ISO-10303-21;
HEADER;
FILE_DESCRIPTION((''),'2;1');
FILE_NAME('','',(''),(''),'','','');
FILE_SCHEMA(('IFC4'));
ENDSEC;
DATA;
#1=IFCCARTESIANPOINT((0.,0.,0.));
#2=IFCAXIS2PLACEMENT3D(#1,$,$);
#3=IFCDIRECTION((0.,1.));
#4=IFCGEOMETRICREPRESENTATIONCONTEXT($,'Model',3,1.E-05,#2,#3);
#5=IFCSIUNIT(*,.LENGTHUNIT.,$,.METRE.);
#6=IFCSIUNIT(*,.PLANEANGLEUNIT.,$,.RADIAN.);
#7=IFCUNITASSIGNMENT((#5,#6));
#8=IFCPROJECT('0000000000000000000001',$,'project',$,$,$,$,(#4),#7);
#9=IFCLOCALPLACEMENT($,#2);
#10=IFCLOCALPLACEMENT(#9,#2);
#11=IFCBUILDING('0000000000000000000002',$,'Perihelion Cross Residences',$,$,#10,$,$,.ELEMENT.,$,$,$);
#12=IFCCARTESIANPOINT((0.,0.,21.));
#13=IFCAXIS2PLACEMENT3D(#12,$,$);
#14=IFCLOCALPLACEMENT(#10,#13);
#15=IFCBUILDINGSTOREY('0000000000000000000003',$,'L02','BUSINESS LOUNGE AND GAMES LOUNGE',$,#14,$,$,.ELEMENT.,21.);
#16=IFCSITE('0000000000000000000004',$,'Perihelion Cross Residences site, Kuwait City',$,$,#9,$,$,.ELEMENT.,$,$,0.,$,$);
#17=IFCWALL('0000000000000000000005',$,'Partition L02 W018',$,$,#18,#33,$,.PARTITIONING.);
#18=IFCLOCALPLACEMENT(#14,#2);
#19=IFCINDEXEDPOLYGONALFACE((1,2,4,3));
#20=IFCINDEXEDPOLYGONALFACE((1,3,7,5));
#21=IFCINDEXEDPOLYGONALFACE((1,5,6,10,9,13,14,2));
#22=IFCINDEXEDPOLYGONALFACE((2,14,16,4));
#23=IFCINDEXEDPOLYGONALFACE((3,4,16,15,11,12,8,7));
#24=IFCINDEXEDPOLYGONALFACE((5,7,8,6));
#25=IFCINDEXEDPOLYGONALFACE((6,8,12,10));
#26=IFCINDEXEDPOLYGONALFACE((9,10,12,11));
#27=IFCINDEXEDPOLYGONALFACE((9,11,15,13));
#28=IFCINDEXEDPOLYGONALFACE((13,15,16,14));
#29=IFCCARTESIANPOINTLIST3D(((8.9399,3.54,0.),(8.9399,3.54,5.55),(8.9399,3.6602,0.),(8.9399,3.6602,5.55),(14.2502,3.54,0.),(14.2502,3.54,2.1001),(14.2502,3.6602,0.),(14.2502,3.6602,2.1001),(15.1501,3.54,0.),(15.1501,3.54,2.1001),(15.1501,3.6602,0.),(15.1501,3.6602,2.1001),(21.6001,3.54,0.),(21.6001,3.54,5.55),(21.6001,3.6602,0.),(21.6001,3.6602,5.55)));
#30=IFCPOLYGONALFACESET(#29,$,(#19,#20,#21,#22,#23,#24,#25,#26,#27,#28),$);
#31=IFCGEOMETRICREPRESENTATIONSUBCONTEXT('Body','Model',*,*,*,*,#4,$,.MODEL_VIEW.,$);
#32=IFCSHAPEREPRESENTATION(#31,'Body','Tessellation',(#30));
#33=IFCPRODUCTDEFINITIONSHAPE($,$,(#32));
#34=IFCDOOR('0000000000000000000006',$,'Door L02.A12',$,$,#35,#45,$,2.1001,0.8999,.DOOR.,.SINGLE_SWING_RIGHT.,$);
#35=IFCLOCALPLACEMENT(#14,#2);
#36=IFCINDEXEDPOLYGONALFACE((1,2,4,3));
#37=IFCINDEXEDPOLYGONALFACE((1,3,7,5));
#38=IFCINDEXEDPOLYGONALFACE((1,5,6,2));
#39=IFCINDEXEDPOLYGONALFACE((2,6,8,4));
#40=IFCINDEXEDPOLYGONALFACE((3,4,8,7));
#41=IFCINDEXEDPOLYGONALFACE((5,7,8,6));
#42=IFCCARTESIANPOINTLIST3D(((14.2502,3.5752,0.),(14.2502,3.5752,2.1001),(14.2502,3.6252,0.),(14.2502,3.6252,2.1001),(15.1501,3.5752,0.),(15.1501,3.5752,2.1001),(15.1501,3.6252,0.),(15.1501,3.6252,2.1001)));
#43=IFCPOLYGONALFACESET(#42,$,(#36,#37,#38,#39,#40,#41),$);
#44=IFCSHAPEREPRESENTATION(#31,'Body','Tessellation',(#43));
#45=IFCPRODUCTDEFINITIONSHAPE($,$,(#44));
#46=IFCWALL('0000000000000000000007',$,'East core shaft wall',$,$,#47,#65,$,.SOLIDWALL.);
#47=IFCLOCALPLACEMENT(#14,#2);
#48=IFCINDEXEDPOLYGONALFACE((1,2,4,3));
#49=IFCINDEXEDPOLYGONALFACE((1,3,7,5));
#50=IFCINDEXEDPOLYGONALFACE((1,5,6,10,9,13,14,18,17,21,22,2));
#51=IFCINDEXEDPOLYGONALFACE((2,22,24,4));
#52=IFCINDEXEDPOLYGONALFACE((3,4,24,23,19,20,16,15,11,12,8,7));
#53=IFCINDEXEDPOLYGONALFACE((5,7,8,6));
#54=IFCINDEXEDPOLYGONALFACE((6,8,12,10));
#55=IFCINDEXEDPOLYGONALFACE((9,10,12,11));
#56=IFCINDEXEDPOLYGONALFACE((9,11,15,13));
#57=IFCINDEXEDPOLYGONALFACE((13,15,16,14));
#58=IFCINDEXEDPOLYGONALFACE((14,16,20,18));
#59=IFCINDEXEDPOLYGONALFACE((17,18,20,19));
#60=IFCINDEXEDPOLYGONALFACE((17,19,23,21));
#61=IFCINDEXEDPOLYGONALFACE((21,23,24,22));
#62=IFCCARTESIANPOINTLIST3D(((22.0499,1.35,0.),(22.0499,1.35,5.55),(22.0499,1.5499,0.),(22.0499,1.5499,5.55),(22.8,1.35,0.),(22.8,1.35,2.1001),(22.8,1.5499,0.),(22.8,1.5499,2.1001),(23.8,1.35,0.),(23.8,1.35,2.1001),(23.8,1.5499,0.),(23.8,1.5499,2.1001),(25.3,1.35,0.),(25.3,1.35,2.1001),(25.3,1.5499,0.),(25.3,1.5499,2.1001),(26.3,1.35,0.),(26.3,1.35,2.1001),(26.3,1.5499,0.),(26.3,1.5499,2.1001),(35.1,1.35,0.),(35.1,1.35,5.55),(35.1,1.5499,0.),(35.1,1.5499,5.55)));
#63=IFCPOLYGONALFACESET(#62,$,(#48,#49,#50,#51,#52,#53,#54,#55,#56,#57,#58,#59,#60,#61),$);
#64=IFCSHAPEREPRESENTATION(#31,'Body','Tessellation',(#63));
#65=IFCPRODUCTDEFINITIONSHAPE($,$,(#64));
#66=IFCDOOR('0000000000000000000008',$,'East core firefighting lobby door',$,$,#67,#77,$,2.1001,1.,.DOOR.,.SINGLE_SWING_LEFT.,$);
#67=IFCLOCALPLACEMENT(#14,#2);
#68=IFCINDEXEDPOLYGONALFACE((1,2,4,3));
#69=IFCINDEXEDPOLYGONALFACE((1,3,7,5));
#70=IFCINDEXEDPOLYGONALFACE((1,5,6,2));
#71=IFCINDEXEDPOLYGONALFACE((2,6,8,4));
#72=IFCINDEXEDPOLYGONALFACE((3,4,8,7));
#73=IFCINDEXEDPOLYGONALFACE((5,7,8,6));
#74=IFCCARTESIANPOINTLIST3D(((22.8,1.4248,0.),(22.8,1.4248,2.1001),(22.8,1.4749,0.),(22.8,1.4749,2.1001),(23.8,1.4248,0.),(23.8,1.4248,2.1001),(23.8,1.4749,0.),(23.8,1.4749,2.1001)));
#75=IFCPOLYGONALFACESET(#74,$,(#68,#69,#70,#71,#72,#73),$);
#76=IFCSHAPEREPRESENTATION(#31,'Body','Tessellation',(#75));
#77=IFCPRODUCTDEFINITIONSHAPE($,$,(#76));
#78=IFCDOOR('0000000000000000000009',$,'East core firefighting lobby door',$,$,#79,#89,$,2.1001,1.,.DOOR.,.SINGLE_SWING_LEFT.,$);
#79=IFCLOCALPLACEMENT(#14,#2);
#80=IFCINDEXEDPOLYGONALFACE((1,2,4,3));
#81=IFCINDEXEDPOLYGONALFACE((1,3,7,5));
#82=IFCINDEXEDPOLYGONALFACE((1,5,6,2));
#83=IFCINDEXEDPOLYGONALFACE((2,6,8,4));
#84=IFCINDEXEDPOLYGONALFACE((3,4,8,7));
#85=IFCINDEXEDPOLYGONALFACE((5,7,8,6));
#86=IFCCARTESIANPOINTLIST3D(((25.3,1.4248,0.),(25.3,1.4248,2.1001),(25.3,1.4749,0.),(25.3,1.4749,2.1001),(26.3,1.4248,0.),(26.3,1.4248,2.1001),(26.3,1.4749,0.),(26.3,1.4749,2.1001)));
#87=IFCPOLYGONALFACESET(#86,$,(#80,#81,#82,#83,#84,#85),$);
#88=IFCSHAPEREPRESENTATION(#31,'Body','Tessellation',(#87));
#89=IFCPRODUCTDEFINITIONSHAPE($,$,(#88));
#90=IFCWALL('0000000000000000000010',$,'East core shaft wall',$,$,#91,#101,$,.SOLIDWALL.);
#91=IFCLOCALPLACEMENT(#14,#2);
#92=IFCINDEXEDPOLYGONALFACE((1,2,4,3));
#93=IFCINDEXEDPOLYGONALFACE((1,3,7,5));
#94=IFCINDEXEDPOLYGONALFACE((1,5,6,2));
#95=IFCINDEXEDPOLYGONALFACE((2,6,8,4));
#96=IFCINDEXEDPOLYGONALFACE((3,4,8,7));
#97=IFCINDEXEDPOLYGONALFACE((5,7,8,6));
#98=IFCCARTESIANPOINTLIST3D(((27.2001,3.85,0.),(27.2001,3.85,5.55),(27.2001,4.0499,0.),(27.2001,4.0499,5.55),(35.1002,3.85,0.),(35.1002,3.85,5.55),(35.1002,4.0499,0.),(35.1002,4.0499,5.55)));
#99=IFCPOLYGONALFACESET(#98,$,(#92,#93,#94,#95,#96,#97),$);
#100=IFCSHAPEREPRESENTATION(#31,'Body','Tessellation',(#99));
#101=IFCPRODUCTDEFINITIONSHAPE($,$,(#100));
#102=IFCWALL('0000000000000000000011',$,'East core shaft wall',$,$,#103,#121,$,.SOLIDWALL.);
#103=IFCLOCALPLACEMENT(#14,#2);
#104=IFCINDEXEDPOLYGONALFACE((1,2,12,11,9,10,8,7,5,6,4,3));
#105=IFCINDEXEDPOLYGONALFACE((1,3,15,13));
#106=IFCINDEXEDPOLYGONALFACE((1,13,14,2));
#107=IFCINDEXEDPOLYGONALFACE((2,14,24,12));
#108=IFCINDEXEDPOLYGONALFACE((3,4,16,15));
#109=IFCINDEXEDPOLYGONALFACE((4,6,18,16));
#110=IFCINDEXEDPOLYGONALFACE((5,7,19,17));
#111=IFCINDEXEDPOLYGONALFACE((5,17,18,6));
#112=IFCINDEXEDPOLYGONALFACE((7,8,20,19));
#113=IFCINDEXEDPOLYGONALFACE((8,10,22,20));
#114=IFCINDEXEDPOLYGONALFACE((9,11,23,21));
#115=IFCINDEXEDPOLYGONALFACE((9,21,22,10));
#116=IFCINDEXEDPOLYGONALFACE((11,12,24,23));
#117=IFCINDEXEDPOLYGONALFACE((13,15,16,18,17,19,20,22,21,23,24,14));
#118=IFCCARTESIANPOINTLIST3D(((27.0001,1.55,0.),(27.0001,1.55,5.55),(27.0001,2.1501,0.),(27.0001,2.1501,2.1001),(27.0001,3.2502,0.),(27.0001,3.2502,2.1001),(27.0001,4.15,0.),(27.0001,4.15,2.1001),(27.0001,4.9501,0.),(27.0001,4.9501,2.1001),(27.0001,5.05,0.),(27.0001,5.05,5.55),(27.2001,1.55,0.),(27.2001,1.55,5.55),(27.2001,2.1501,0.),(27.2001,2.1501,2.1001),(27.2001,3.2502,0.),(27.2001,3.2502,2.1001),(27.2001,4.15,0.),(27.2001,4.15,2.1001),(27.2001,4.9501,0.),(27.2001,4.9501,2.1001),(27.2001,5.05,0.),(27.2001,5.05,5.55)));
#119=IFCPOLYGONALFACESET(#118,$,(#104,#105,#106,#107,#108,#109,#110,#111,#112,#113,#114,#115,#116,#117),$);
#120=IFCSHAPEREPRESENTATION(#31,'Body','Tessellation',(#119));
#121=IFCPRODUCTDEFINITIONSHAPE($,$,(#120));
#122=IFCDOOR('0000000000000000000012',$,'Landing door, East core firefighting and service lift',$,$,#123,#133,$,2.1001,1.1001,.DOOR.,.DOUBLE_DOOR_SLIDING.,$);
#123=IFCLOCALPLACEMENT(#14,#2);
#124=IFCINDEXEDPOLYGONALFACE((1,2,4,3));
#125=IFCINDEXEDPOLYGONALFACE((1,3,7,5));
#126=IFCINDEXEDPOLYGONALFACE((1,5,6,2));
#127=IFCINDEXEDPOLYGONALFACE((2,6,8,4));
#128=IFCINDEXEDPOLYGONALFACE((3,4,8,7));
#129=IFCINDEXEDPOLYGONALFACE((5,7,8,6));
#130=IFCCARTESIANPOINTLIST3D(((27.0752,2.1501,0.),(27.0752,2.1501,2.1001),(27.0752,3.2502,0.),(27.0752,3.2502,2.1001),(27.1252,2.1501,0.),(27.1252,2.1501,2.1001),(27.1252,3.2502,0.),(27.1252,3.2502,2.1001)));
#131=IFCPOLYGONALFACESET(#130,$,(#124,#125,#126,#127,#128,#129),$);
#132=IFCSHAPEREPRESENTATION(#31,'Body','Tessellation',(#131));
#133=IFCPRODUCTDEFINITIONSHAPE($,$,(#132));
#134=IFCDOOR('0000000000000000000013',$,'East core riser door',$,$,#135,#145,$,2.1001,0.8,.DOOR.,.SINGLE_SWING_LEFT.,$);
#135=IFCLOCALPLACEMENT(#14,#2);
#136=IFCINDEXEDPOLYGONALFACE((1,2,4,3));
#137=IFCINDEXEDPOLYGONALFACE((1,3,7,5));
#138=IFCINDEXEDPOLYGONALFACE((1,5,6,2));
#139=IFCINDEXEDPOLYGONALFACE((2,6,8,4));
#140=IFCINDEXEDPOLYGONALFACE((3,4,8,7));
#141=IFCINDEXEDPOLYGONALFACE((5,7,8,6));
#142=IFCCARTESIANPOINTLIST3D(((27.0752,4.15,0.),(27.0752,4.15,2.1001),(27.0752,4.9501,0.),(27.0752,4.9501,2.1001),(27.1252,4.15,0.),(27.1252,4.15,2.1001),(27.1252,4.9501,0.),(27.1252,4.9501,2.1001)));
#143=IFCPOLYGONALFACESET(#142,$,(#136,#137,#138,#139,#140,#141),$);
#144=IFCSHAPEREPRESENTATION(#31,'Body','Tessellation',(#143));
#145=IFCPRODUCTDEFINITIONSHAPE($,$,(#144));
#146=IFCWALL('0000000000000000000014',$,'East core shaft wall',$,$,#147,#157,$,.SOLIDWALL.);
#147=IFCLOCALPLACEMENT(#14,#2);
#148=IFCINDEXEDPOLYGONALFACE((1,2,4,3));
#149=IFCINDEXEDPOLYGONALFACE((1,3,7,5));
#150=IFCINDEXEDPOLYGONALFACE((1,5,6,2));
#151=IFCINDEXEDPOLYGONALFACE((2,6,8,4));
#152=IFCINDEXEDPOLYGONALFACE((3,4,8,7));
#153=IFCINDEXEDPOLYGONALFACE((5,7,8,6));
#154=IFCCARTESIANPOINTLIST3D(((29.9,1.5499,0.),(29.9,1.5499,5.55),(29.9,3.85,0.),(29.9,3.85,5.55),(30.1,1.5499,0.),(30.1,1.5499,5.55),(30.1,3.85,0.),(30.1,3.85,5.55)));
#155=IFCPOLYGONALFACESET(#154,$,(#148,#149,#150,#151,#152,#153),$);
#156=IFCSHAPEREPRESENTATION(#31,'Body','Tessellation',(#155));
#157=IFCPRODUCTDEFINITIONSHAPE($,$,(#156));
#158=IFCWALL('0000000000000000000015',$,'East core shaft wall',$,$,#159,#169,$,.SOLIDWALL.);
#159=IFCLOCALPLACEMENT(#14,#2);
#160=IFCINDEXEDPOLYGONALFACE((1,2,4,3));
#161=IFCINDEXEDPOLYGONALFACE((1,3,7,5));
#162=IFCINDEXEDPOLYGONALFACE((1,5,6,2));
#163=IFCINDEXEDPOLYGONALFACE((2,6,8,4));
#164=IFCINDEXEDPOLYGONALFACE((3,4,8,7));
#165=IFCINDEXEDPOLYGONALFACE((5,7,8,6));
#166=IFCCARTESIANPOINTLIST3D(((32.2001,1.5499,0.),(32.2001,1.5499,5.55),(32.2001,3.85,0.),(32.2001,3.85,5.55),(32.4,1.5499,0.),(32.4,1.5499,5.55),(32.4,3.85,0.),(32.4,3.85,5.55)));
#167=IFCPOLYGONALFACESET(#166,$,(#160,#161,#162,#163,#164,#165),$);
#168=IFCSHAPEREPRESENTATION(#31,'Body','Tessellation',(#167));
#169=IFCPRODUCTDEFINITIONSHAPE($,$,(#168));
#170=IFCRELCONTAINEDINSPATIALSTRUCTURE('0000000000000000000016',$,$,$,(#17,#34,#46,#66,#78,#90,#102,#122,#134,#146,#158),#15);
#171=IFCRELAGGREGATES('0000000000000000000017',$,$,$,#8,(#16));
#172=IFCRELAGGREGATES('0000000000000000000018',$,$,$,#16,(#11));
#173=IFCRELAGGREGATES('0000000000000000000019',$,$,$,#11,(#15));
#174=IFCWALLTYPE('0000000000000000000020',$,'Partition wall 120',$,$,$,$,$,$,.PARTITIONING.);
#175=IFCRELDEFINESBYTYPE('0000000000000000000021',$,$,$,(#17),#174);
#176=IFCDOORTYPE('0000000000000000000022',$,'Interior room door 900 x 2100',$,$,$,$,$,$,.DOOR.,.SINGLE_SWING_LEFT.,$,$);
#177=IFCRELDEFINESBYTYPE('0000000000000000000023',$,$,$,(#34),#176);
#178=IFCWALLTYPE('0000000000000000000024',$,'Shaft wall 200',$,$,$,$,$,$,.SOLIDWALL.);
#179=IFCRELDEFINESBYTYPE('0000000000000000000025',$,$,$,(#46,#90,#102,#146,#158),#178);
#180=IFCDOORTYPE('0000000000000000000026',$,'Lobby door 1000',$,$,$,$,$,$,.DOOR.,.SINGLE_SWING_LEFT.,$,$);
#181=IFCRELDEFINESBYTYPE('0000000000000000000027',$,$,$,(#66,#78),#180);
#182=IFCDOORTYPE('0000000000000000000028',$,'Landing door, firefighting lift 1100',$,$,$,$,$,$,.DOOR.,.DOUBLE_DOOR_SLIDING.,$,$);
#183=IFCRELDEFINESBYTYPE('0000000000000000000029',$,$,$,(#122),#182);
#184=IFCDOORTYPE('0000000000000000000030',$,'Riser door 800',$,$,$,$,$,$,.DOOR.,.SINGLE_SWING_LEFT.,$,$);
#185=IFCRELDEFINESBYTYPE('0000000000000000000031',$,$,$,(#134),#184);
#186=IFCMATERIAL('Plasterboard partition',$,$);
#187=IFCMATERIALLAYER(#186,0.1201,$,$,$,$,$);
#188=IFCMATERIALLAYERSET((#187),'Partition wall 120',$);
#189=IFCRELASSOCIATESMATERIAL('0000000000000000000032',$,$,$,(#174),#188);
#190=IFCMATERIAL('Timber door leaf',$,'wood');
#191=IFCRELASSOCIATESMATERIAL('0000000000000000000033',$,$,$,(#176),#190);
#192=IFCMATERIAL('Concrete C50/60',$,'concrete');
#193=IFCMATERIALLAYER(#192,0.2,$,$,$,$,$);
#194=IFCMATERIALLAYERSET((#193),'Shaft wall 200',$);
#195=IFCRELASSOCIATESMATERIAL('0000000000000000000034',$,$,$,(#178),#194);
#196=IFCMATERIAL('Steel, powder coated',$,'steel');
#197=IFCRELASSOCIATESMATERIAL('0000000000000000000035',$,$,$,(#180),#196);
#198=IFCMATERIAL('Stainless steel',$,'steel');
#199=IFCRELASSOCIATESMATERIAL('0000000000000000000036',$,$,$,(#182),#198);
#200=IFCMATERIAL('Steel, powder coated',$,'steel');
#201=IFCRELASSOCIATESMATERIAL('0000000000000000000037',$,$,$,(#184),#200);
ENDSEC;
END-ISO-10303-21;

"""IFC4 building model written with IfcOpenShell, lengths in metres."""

from ifc_helpers import new_model, si_unit, direction, frame, frame_2d, origin, place, context, subcontext, project, spatial, rectangle, extrude, material, layer, layer_set, type_object, element, fill, save


model = new_model("IFC4")

# Units and contexts
model_context = context("Model", 3, precision=1e-05, world=origin(), true_north=direction((0.0, 1.0)))
body_context = subcontext(model_context, "Body", "Model", "MODEL_VIEW")
ifc_project = project(units=[si_unit("LENGTHUNIT", "METRE"), si_unit("PLANEANGLEUNIT", "RADIAN")], contexts=[model_context])

# Site, building, storey
site_placement = place(None, origin())
site = spatial("IfcSite", under=ifc_project, at=site_placement, Name="Perihelion Cross Residences site, Kuwait City", CompositionType="ELEMENT", RefElevation=0.0)
building_placement = place(site_placement, origin())
building = spatial("IfcBuilding", under=site, at=building_placement, Name="Perihelion Cross Residences", CompositionType="ELEMENT")
storey_placement = place(building_placement, frame((0.0, 0.0, 21.0)))
storey = spatial("IfcBuildingStorey", under=building, at=storey_placement, Name="L02", Description="BUSINESS LOUNGE AND GAMES LOUNGE", CompositionType="ELEMENT", Elevation=21.0)

# Wall, opening, door
ifc_material_1 = material(Name="Plasterboard partition")
ifc_layer_1 = layer(ifc_material_1, 0.1201)
ifc_layer_set_1 = layer_set([ifc_layer_1], Name="Partition wall 120")
wall_type_1 = type_object("IfcWallType", Name="Partition wall 120", PredefinedType="PARTITIONING", material=ifc_layer_set_1)
wall_1_placement = place(storey_placement, frame((21.6001, 3.6001, 0.0), z_axis=(0.0, 0.0, 1.0), x_axis=(-1.0, 0.0, 0.0)))
wall_1 = element("IfcWall", 1, at=wall_1_placement, inside=storey, type_object=wall_type_1, Name="Partition L02 W018", PredefinedType="PARTITIONING", context=body_context, shape_type="SweptSolid", body=[
    extrude(rectangle(XDim=12.6602, YDim=0.1201, at=frame_2d((6.3301, 0.0))), origin(), (0.0, 0.0, 1.0), 5.55),
])
opening_1_placement = place(wall_1_placement, frame((6.45, 0.0, 0.0)))
opening_1 = element("IfcOpeningElement", 2, at=opening_1_placement, cuts=wall_1, PredefinedType="OPENING", context=body_context, shape_type="SweptSolid", body=[
    extrude(rectangle(XDim=0.8999, YDim=2.1001, at=frame_2d((0.45, 1.05))), frame((0.0, 0.0701, 0.0), z_axis=(0.0, -1.0, 0.0), x_axis=(1.0, 0.0, 0.0)), (0.0, 0.0, 1.0), 0.1401),
])
ifc_material_2 = material(Name="Timber door leaf", Category="wood")
door_type_1 = type_object("IfcDoorType", Name="Interior room door 900 x 2100", OperationType="SINGLE_SWING_LEFT", PredefinedType="DOOR", material=ifc_material_2)
door_1_placement = place(opening_1_placement, origin())
door_1 = element("IfcDoor", 3, at=door_1_placement, inside=storey, type_object=door_type_1, Name="Door L02.A12", OperationType="SINGLE_SWING_RIGHT", OverallHeight=2.1001, OverallWidth=0.8999, PredefinedType="DOOR", context=body_context, shape_type="SweptSolid", body=[
    extrude(rectangle(XDim=0.8999, YDim=2.1001, at=frame_2d((0.45, 1.05))), frame((0.0, 0.0249, 0.0), z_axis=(0.0, -1.0, 0.0), x_axis=(1.0, 0.0, 0.0)), (0.0, 0.0, 1.0), 0.05),
])
fill(opening_1, door_1)

# Wall, openings, doors
ifc_material_3 = material(Name="Concrete C50/60", Category="concrete")
ifc_layer_2 = layer(ifc_material_3, 0.2)
ifc_layer_set_2 = layer_set([ifc_layer_2], Name="Shaft wall 200")
wall_type_2 = type_object("IfcWallType", Name="Shaft wall 200", PredefinedType="SOLIDWALL", material=ifc_layer_set_2)
wall_2_placement = place(storey_placement, frame((22.05, 1.45, 0.0), z_axis=(0.0, 0.0, 1.0), x_axis=(1.0, 0.0, 0.0)))
wall_2 = element("IfcWall", 4, at=wall_2_placement, inside=storey, type_object=wall_type_2, Name="East core shaft wall", PredefinedType="SOLIDWALL", context=body_context, shape_type="SweptSolid", body=[
    extrude(rectangle(XDim=13.05, YDim=0.2, at=frame_2d((6.5249, 0.0))), origin(), (0.0, 0.0, 1.0), 5.55),
])
opening_2_placement = place(wall_2_placement, frame((0.75, 0.0, 0.0)))
opening_2 = element("IfcOpeningElement", 5, at=opening_2_placement, cuts=wall_2, PredefinedType="OPENING", context=body_context, shape_type="SweptSolid", body=[
    extrude(rectangle(XDim=1.0, YDim=2.1001, at=frame_2d((0.5, 1.05))), frame((0.0, 0.1099, 0.0), z_axis=(0.0, -1.0, 0.0), x_axis=(1.0, 0.0, 0.0)), (0.0, 0.0, 1.0), 0.22),
])
opening_3_placement = place(wall_2_placement, frame((3.25, 0.0, 0.0)))
opening_3 = element("IfcOpeningElement", 6, at=opening_3_placement, cuts=wall_2, PredefinedType="OPENING", context=body_context, shape_type="SweptSolid", body=[
    extrude(rectangle(XDim=1.0, YDim=2.1001, at=frame_2d((0.5, 1.05))), frame((0.0, 0.1099, 0.0), z_axis=(0.0, -1.0, 0.0), x_axis=(1.0, 0.0, 0.0)), (0.0, 0.0, 1.0), 0.22),
])
ifc_material_4 = material(Name="Steel, powder coated", Category="steel")
door_type_2 = type_object("IfcDoorType", Name="Lobby door 1000", OperationType="SINGLE_SWING_LEFT", PredefinedType="DOOR", material=ifc_material_4)
door_2_placement = place(opening_2_placement, origin())
door_2 = element("IfcDoor", 7, at=door_2_placement, inside=storey, type_object=door_type_2, Name="East core firefighting lobby door", OperationType="SINGLE_SWING_LEFT", OverallHeight=2.1001, OverallWidth=1.0, PredefinedType="DOOR", context=body_context, shape_type="SweptSolid", body=[
    extrude(rectangle(XDim=1.0, YDim=2.1001, at=frame_2d((0.5, 1.05))), frame((0.0, 0.0249, 0.0), z_axis=(0.0, -1.0, 0.0), x_axis=(1.0, 0.0, 0.0)), (0.0, 0.0, 1.0), 0.05),
])
fill(opening_2, door_2)
door_3_placement = place(opening_3_placement, origin())
door_3 = element("IfcDoor", 8, at=door_3_placement, inside=storey, type_object=door_type_2, Name="East core firefighting lobby door", OperationType="SINGLE_SWING_LEFT", OverallHeight=2.1001, OverallWidth=1.0, PredefinedType="DOOR", context=body_context, shape_type="SweptSolid", body=[
    extrude(rectangle(XDim=1.0, YDim=2.1001, at=frame_2d((0.5, 1.05))), frame((0.0, 0.0249, 0.0), z_axis=(0.0, -1.0, 0.0), x_axis=(1.0, 0.0, 0.0)), (0.0, 0.0, 1.0), 0.05),
])
fill(opening_3, door_3)

# Wall
wall_3_placement = place(storey_placement, frame((27.2, 3.95, 0.0), z_axis=(0.0, 0.0, 1.0), x_axis=(1.0, 0.0, 0.0)))
element("IfcWall", 9, at=wall_3_placement, inside=storey, type_object=wall_type_2, Name="East core shaft wall", PredefinedType="SOLIDWALL", context=body_context, shape_type="SweptSolid", body=[
    extrude(rectangle(XDim=7.9001, YDim=0.2, at=frame_2d((3.9502, 0.0))), origin(), (0.0, 0.0, 1.0), 5.55),
])

# Wall, openings, doors
wall_4_placement = place(storey_placement, frame((27.1001, 1.55, 0.0), z_axis=(0.0, 0.0, 1.0), x_axis=(0.0, 1.0, 0.0)))
wall_4 = element("IfcWall", 10, at=wall_4_placement, inside=storey, type_object=wall_type_2, Name="East core shaft wall", PredefinedType="SOLIDWALL", context=body_context, shape_type="SweptSolid", body=[
    extrude(rectangle(XDim=3.5, YDim=0.2, at=frame_2d((1.75, 0.0))), origin(), (0.0, 0.0, 1.0), 5.55),
])
opening_4_placement = place(wall_4_placement, frame((0.6001, 0.0, 0.0)))
opening_4 = element("IfcOpeningElement", 11, at=opening_4_placement, cuts=wall_4, PredefinedType="OPENING", context=body_context, shape_type="SweptSolid", body=[
    extrude(rectangle(XDim=1.1001, YDim=2.1001, at=frame_2d((0.55, 1.05))), frame((0.0, 0.1099, 0.0), z_axis=(0.0, -1.0, 0.0), x_axis=(1.0, 0.0, 0.0)), (0.0, 0.0, 1.0), 0.22),
])
opening_5_placement = place(wall_4_placement, frame((2.6001, 0.0, 0.0)))
opening_5 = element("IfcOpeningElement", 12, at=opening_5_placement, cuts=wall_4, PredefinedType="OPENING", context=body_context, shape_type="SweptSolid", body=[
    extrude(rectangle(XDim=0.8, YDim=2.1001, at=frame_2d((0.3999, 1.05))), frame((0.0, 0.1099, 0.0), z_axis=(0.0, -1.0, 0.0), x_axis=(1.0, 0.0, 0.0)), (0.0, 0.0, 1.0), 0.22),
])
ifc_material_5 = material(Name="Stainless steel", Category="steel")
door_type_3 = type_object("IfcDoorType", Name="Landing door, firefighting lift 1100", OperationType="DOUBLE_DOOR_SLIDING", PredefinedType="DOOR", material=ifc_material_5)
door_4_placement = place(opening_4_placement, origin())
door_4 = element("IfcDoor", 13, at=door_4_placement, inside=storey, type_object=door_type_3, Name="Landing door, East core firefighting and service lift", OperationType="DOUBLE_DOOR_SLIDING", OverallHeight=2.1001, OverallWidth=1.1001, PredefinedType="DOOR", context=body_context, shape_type="SweptSolid", body=[
    extrude(rectangle(XDim=1.1001, YDim=2.1001, at=frame_2d((0.55, 1.05))), frame((0.0, 0.0249, 0.0), z_axis=(0.0, -1.0, 0.0), x_axis=(1.0, 0.0, 0.0)), (0.0, 0.0, 1.0), 0.05),
])
fill(opening_4, door_4)
ifc_material_6 = material(Name="Steel, powder coated", Category="steel")
door_type_4 = type_object("IfcDoorType", Name="Riser door 800", OperationType="SINGLE_SWING_LEFT", PredefinedType="DOOR", material=ifc_material_6)
door_5_placement = place(opening_5_placement, origin())
door_5 = element("IfcDoor", 14, at=door_5_placement, inside=storey, type_object=door_type_4, Name="East core riser door", OperationType="SINGLE_SWING_LEFT", OverallHeight=2.1001, OverallWidth=0.8, PredefinedType="DOOR", context=body_context, shape_type="SweptSolid", body=[
    extrude(rectangle(XDim=0.8, YDim=2.1001, at=frame_2d((0.3999, 1.05))), frame((0.0, 0.0249, 0.0), z_axis=(0.0, -1.0, 0.0), x_axis=(1.0, 0.0, 0.0)), (0.0, 0.0, 1.0), 0.05),
])
fill(opening_5, door_5)

# Walls
for number, where, z_axis, x_axis, name in (
    (15, (30.0, 1.55, 0.0), (0.0, 0.0, 1.0), (0.0, 1.0, 0.0), "East core shaft wall"),
    (16, (32.3, 1.55, 0.0), (0.0, 0.0, 1.0), (0.0, 1.0, 0.0), "East core shaft wall"),
):
    element("IfcWall", number, at=place(storey_placement, frame(where, z_axis=z_axis, x_axis=x_axis)), inside=storey, type_object=wall_type_2, Name=name, PredefinedType="SOLIDWALL", context=body_context, shape_type="SweptSolid", body=[
        extrude(rectangle(XDim=2.3, YDim=0.2, at=frame_2d((1.1499, 0.0))), origin(), (0.0, 0.0, 1.0), 5.55),
    ])

save(model, "model.ifc")
